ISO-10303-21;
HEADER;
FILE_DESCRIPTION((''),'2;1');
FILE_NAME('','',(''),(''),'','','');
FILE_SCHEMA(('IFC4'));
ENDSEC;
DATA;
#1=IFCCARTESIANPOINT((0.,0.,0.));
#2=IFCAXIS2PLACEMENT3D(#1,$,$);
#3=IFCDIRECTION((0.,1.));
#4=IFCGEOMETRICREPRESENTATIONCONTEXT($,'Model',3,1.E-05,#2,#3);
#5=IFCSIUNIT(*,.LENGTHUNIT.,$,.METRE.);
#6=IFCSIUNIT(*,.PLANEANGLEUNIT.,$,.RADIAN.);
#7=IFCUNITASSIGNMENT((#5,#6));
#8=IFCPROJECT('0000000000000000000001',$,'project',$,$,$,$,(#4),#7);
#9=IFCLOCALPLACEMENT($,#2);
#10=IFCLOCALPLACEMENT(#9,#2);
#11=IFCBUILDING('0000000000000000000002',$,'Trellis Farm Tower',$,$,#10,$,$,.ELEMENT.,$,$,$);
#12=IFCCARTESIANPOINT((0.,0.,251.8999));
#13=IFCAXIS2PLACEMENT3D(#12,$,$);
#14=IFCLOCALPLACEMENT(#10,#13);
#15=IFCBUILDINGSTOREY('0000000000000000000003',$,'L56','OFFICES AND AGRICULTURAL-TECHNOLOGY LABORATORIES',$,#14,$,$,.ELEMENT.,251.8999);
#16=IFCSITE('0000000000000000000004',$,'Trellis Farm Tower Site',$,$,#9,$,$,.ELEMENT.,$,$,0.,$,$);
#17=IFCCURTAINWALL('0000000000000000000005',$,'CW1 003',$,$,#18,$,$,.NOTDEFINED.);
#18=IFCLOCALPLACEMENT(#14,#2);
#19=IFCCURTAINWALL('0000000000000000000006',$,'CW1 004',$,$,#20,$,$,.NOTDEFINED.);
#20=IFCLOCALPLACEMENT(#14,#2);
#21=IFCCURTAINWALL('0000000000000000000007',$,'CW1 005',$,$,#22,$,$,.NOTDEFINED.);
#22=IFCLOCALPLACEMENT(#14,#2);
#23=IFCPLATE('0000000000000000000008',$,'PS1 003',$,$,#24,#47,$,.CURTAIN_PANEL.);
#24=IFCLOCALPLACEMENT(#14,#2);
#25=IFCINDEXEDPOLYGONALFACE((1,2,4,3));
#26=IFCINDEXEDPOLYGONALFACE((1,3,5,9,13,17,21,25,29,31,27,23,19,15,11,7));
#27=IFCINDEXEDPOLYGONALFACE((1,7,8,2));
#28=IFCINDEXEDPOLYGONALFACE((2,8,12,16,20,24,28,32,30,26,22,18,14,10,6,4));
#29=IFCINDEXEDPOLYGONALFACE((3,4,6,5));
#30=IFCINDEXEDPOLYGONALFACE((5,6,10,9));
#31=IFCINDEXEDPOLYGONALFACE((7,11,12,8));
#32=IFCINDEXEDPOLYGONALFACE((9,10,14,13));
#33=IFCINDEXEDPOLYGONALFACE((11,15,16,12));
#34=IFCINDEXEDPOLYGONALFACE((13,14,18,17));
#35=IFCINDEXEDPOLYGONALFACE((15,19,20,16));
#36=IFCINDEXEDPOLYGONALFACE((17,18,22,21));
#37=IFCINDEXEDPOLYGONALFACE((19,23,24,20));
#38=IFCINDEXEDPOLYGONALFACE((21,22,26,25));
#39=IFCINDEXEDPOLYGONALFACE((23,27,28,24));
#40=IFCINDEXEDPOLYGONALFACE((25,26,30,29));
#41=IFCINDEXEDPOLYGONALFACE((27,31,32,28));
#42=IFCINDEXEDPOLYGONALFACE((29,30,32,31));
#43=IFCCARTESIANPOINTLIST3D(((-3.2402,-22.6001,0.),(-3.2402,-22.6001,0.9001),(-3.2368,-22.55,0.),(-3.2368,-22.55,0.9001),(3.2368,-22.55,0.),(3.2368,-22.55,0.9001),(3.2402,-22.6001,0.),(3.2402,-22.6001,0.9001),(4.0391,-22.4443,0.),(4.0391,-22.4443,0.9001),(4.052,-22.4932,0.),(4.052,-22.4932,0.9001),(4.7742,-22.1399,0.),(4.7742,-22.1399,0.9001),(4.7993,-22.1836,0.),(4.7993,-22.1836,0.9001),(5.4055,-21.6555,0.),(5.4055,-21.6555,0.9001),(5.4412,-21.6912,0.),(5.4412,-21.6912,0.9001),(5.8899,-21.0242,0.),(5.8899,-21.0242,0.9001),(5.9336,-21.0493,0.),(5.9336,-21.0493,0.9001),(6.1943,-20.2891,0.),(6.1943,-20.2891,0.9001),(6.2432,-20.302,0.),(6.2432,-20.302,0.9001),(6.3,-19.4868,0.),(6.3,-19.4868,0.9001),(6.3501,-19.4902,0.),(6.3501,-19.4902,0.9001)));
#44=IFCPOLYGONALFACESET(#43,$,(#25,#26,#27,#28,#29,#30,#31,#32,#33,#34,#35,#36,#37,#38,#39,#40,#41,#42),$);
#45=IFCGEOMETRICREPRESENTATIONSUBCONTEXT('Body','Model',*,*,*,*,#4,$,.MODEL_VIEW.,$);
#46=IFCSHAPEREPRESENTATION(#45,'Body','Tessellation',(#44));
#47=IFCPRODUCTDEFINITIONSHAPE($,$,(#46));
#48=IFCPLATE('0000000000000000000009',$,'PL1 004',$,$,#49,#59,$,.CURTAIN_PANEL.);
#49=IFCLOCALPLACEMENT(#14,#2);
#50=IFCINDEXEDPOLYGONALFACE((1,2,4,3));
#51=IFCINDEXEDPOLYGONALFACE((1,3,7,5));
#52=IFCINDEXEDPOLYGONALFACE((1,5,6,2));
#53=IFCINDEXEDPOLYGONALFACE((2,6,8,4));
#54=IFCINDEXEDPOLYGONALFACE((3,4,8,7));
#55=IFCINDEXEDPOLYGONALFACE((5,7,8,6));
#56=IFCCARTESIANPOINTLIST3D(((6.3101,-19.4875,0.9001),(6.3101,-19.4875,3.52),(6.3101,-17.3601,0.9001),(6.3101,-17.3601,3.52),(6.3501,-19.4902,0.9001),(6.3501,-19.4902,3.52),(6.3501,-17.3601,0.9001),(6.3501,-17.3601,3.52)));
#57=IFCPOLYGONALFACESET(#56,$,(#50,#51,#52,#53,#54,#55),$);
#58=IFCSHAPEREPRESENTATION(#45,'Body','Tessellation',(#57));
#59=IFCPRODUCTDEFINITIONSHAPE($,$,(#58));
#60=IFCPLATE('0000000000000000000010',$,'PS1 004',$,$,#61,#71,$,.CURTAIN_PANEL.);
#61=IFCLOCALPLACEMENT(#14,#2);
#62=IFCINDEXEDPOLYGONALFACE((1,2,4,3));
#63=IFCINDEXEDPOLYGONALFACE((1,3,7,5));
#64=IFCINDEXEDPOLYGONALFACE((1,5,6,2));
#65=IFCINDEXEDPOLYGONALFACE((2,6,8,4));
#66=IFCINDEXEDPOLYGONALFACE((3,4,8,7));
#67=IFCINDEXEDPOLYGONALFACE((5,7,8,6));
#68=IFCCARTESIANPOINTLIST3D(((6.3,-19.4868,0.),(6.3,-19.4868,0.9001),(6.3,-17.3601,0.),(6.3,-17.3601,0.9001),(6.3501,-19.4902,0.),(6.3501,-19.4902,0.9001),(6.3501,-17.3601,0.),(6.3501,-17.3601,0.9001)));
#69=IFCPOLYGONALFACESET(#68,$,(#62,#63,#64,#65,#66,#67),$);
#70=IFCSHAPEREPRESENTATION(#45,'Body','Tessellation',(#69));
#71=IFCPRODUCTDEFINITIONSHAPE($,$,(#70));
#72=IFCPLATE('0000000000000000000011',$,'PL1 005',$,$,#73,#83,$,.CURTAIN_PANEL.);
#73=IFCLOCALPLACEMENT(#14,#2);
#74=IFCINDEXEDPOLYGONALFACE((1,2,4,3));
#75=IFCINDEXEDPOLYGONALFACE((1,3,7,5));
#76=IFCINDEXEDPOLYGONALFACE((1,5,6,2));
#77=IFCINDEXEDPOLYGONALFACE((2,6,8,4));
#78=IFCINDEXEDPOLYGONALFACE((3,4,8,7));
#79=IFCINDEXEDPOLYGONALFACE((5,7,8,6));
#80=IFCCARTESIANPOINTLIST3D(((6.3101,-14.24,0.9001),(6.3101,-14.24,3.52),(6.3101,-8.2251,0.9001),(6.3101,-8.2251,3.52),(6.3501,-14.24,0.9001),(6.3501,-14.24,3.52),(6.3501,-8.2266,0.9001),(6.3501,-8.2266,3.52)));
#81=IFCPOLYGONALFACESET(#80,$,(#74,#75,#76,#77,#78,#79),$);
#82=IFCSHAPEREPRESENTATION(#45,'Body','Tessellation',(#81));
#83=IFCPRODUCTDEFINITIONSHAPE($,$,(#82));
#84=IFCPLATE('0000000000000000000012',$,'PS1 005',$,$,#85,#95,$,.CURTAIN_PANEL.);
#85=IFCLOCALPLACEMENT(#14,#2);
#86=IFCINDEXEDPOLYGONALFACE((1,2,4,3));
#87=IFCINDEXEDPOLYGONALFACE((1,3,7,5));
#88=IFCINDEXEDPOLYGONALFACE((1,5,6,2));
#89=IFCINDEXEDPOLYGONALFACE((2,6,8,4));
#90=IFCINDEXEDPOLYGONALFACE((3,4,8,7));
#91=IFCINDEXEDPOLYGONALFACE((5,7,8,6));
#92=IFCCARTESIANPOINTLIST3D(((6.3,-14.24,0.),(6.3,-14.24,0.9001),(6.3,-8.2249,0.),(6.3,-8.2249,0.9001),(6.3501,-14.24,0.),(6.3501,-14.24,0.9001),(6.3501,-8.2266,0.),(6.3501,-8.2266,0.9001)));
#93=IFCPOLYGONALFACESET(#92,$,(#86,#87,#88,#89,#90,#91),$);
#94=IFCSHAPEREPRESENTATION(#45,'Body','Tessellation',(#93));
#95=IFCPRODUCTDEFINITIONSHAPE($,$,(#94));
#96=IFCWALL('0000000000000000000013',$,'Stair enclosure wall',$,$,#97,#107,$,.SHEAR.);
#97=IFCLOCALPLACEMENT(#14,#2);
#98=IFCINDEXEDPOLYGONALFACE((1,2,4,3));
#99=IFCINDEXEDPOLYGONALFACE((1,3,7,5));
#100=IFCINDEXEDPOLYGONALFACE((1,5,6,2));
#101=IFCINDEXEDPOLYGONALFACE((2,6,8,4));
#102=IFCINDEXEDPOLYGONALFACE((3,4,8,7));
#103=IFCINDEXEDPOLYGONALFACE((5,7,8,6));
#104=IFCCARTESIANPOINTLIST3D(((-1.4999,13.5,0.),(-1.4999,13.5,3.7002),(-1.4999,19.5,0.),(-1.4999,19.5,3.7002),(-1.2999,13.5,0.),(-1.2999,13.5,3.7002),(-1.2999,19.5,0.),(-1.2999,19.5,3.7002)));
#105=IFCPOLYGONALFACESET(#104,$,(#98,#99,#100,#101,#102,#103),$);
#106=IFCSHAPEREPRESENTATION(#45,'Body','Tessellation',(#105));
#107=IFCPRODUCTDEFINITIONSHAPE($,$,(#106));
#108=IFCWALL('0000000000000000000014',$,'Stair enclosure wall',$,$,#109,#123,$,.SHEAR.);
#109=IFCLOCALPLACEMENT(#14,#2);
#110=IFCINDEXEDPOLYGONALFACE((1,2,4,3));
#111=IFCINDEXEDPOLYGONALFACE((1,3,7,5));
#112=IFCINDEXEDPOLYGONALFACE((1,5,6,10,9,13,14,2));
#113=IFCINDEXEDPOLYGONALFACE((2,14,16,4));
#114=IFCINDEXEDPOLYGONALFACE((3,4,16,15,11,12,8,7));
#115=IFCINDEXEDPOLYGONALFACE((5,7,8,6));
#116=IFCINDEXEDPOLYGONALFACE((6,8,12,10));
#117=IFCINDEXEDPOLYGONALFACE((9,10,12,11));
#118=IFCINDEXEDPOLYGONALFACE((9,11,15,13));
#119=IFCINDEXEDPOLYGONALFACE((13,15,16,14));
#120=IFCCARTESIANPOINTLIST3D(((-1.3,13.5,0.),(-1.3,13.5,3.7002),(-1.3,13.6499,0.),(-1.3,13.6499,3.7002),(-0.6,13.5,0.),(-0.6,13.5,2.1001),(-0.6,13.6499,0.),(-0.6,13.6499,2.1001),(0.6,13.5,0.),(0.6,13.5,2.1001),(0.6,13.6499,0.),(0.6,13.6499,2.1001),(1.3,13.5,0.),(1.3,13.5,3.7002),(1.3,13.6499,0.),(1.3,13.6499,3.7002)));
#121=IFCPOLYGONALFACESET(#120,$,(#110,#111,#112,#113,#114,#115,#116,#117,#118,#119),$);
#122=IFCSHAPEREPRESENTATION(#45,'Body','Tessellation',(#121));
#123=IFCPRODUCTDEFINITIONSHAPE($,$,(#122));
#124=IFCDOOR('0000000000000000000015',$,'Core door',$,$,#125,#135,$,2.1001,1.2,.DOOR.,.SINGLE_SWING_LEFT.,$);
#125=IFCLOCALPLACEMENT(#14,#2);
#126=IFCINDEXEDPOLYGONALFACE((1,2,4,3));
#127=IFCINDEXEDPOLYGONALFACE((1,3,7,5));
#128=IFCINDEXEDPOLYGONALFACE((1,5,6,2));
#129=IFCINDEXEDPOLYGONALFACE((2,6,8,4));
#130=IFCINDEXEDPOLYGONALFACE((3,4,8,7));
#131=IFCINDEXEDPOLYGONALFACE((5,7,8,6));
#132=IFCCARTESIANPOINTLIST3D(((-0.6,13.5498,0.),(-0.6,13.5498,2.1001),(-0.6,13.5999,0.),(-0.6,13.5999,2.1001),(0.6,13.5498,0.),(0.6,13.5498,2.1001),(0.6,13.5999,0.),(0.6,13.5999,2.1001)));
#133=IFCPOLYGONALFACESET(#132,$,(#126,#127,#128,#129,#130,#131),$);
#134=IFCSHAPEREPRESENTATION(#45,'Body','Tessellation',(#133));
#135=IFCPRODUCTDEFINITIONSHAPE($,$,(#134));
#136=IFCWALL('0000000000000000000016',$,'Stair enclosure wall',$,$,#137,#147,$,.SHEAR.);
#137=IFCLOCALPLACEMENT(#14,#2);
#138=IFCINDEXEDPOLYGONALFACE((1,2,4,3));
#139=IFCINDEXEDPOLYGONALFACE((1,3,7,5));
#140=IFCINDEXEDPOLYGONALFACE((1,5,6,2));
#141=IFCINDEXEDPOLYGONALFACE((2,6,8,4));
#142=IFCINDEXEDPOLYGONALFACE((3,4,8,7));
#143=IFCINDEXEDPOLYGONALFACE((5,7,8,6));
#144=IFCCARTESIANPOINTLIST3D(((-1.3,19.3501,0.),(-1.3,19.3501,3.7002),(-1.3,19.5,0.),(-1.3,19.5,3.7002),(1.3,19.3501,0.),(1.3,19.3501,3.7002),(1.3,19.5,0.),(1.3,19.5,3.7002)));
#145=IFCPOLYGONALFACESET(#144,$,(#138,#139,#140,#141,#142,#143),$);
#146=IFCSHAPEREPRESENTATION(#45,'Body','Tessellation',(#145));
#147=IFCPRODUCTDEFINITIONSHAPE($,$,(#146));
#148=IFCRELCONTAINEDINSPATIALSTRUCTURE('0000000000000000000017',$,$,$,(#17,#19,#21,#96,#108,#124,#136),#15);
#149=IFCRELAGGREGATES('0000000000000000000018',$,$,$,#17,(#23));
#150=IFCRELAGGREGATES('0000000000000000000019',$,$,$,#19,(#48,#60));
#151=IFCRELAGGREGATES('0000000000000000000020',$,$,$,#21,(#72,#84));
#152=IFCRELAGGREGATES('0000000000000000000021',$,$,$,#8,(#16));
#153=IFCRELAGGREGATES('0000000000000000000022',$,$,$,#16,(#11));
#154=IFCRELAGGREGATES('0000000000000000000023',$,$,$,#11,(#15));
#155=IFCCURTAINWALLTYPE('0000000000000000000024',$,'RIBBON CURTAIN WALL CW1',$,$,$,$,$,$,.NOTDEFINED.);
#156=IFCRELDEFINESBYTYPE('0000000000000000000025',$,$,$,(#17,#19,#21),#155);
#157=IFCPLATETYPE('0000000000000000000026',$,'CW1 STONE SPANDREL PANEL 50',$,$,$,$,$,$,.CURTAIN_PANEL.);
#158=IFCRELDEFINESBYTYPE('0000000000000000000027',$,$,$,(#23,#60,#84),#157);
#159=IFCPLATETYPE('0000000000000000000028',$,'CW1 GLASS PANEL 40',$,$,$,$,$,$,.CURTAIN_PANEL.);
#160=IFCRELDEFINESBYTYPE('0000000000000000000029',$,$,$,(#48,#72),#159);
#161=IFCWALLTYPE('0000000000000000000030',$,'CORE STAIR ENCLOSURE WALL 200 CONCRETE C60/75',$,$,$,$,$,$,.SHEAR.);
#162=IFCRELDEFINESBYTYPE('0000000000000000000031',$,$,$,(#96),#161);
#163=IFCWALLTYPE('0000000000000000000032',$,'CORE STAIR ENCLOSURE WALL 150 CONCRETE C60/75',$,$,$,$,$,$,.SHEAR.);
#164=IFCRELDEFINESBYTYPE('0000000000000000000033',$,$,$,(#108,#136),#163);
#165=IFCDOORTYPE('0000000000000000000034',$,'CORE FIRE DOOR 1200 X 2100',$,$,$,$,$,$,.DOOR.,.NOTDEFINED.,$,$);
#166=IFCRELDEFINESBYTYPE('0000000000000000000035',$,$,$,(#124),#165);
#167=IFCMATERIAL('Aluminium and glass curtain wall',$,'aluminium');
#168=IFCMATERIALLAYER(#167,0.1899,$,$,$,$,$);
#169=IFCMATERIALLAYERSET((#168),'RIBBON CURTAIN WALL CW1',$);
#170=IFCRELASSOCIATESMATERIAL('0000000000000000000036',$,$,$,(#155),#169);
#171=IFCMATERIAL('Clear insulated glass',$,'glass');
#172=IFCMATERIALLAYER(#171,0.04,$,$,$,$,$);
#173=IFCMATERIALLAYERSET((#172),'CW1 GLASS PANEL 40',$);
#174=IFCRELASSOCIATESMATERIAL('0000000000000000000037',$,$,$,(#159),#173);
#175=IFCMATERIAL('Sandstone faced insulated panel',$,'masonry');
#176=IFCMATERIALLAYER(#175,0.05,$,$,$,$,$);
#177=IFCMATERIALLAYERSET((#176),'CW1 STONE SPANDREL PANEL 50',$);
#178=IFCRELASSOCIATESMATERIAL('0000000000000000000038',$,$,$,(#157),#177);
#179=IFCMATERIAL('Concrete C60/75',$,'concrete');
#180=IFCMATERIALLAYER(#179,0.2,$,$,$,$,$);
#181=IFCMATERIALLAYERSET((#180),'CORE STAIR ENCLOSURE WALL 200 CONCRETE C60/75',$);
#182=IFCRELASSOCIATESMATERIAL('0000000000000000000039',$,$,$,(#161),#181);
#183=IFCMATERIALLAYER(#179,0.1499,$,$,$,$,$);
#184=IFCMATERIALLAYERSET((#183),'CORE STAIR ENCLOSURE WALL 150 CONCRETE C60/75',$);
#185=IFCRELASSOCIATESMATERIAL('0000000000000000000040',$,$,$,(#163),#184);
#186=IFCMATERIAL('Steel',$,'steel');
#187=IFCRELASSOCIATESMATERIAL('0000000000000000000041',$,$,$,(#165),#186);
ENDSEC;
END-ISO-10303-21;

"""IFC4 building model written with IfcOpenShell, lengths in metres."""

from ifc_helpers import new_model, si_unit, direction, frame, frame_2d, origin, place, context, subcontext, project, spatial, polyline, rectangle, outline, extrude, source, transform, mapped, material, layer, layer_set, type_object, element, fill, aggregate, save


model = new_model("IFC4")

# Units and contexts
model_context = context("Model", 3, precision=1e-05, world=origin(), true_north=direction((0.0, 1.0)))
body_context = subcontext(model_context, "Body", "Model", "MODEL_VIEW")
ifc_project = project(units=[si_unit("LENGTHUNIT", "METRE"), si_unit("PLANEANGLEUNIT", "RADIAN")], contexts=[model_context])

# Site, building, storey
site_placement = place(None, origin())
site = spatial("IfcSite", under=ifc_project, at=site_placement, Name="Trellis Farm Tower Site", CompositionType="ELEMENT", RefElevation=0.0)
building_placement = place(site_placement, origin())
building = spatial("IfcBuilding", under=site, at=building_placement, Name="Trellis Farm Tower", CompositionType="ELEMENT")
storey_placement = place(building_placement, frame((0.0, 0.0, 251.8999)))
storey = spatial("IfcBuildingStorey", under=building, at=storey_placement, Name="L56", Description="OFFICES AND AGRICULTURAL-TECHNOLOGY LABORATORIES", CompositionType="ELEMENT", Elevation=251.8999)

# Shared definitions
ifc_material_1 = material(Name="Concrete C60/75", Category="concrete")

# Curtain walls
ifc_material_2 = material(Name="Aluminium and glass curtain wall", Category="aluminium")
placement_1 = place(storey_placement, origin())
ifc_layer_1 = layer(ifc_material_2, 0.1899)
ifc_layer_set_1 = layer_set([ifc_layer_1], Name="RIBBON CURTAIN WALL CW1")
curtain_wall_type_1 = type_object("IfcCurtainWallType", Name="RIBBON CURTAIN WALL CW1", PredefinedType="NOTDEFINED", material=ifc_layer_set_1)
curtain_wall_1 = element("IfcCurtainWall", 1, at=placement_1, inside=storey, type_object=curtain_wall_type_1, Name="CW1 003", PredefinedType="NOTDEFINED")
curtain_wall_2 = element("IfcCurtainWall", 2, at=placement_1, inside=storey, type_object=curtain_wall_type_1, Name="CW1 004", PredefinedType="NOTDEFINED")
curtain_wall_3 = element("IfcCurtainWall", 3, at=placement_1, inside=storey, type_object=curtain_wall_type_1, Name="CW1 005", PredefinedType="NOTDEFINED")

# Plates
ifc_material_3 = material(Name="Clear insulated glass", Category="glass")
ifc_layer_2 = layer(ifc_material_3, 0.04)
ifc_layer_set_2 = layer_set([ifc_layer_2], Name="CW1 GLASS PANEL 40")
plate_type_1 = type_object("IfcPlateType", Name="CW1 GLASS PANEL 40", PredefinedType="CURTAIN_PANEL", material=ifc_layer_set_2)
placement_2 = place(storey_placement, frame((0.0, 0.0, 0.9001)))
ifc_material_4 = material(Name="Sandstone faced insulated panel", Category="masonry")
ifc_layer_3 = layer(ifc_material_4, 0.05)
ifc_layer_set_3 = layer_set([ifc_layer_3], Name="CW1 STONE SPANDREL PANEL 50")
plate_type_2 = type_object("IfcPlateType", Name="CW1 STONE SPANDREL PANEL 50", PredefinedType="CURTAIN_PANEL", material=ifc_layer_set_3)
shared_shape_1 = source(origin(), body_context, "Body", "SweptSolid", [
    extrude(outline(polyline([(-3.2402, -22.6001), (3.2402, -22.6001), (4.052, -22.4932), (4.7993, -22.1836), (5.4412, -21.6912), (5.9336, -21.0493), (6.2432, -20.302), (6.3501, -19.4902), (6.3, -19.4868), (6.1943, -20.2891), (5.8899, -21.0242), (5.4055, -21.6555), (4.7742, -22.1399), (4.0391, -22.4443), (3.2368, -22.55), (-3.2368, -22.55), (-3.2402, -22.6001)])), origin(), (0.0, 0.0, 1.0), 0.9001),
])
plate_1 = element("IfcPlate", 4, at=placement_1, type_object=plate_type_2, Name="PS1 003", PredefinedType="CURTAIN_PANEL", context=body_context, shape_type="MappedRepresentation", body=[
    mapped(shared_shape_1, transform((0.0, 0.0, 0.0))),
])
aggregate(curtain_wall_1, [plate_1])
shared_shape_2 = source(origin(), body_context, "Body", "SweptSolid", [
    extrude(outline(polyline([(6.3501, -19.4902), (6.3501, -17.3601), (6.3101, -17.3601), (6.3101, -19.4875), (6.3501, -19.4902)])), origin(), (0.0, 0.0, 1.0), 2.6199),
])
plate_2 = element("IfcPlate", 5, at=placement_2, type_object=plate_type_1, Name="PL1 004", PredefinedType="CURTAIN_PANEL", context=body_context, shape_type="MappedRepresentation", body=[
    mapped(shared_shape_2, transform((0.0, 0.0, 0.0))),
])
shared_shape_3 = source(origin(), body_context, "Body", "SweptSolid", [
    extrude(outline(polyline([(6.3501, -19.4902), (6.3501, -17.3601), (6.3, -17.3601), (6.3, -19.4868), (6.3501, -19.4902)])), origin(), (0.0, 0.0, 1.0), 0.9001),
])
plate_3 = element("IfcPlate", 6, at=placement_1, type_object=plate_type_2, Name="PS1 004", PredefinedType="CURTAIN_PANEL", context=body_context, shape_type="MappedRepresentation", body=[
    mapped(shared_shape_3, transform((0.0, 0.0, 0.0))),
])
aggregate(curtain_wall_2, [plate_2, plate_3])
shared_shape_4 = source(origin(), body_context, "Body", "SweptSolid", [
    extrude(outline(polyline([(6.3501, -14.24), (6.3501, -8.2266), (6.3101, -8.2251), (6.3101, -14.24), (6.3501, -14.24)])), origin(), (0.0, 0.0, 1.0), 2.6199),
])
plate_4 = element("IfcPlate", 7, at=placement_2, type_object=plate_type_1, Name="PL1 005", PredefinedType="CURTAIN_PANEL", context=body_context, shape_type="MappedRepresentation", body=[
    mapped(shared_shape_4, transform((0.0, 0.0, 0.0))),
])
shared_shape_5 = source(origin(), body_context, "Body", "SweptSolid", [
    extrude(outline(polyline([(6.3501, -14.24), (6.3501, -8.2266), (6.3, -8.2249), (6.3, -14.24), (6.3501, -14.24)])), origin(), (0.0, 0.0, 1.0), 0.9001),
])
plate_5 = element("IfcPlate", 8, at=placement_1, type_object=plate_type_2, Name="PS1 005", PredefinedType="CURTAIN_PANEL", context=body_context, shape_type="MappedRepresentation", body=[
    mapped(shared_shape_5, transform((0.0, 0.0, 0.0))),
])
aggregate(curtain_wall_3, [plate_4, plate_5])

# Wall
ifc_layer_4 = layer(ifc_material_1, 0.2)
ifc_layer_set_4 = layer_set([ifc_layer_4], Name="CORE STAIR ENCLOSURE WALL 200 CONCRETE C60/75")
wall_type_1 = type_object("IfcWallType", Name="CORE STAIR ENCLOSURE WALL 200 CONCRETE C60/75", PredefinedType="SHEAR", material=ifc_layer_set_4)
shared_shape_6 = source(origin(), body_context, "Body", "SweptSolid", [
    extrude(rectangle(XDim=6.0, YDim=0.2, at=frame_2d((3.0, 0.0))), origin(), (0.0, 0.0, 1.0), 3.7002),
])
wall_1_placement = place(storey_placement, frame((-1.3999, 13.5, 0.0), z_axis=(0.0, 0.0, 1.0), x_axis=(0.0, 1.0, 0.0)))
element("IfcWall", 9, at=wall_1_placement, inside=storey, type_object=wall_type_1, Name="Stair enclosure wall", PredefinedType="SHEAR", context=body_context, shape_type="MappedRepresentation", body=[
    mapped(shared_shape_6, transform((0.0, 0.0, 0.0))),
])

# Wall, opening, door
ifc_layer_5 = layer(ifc_material_1, 0.1499)
ifc_layer_set_5 = layer_set([ifc_layer_5], Name="CORE STAIR ENCLOSURE WALL 150 CONCRETE C60/75")
wall_type_2 = type_object("IfcWallType", Name="CORE STAIR ENCLOSURE WALL 150 CONCRETE C60/75", PredefinedType="SHEAR", material=ifc_layer_set_5)
shared_shape_7 = source(origin(), body_context, "Body", "SweptSolid", [
    extrude(rectangle(XDim=2.6001, YDim=0.1499, at=frame_2d((1.3, 0.0))), origin(), (0.0, 0.0, 1.0), 3.7002),
])
wall_2_placement = place(storey_placement, frame((-1.3, 13.575, 0.0), z_axis=(0.0, 0.0, 1.0), x_axis=(1.0, 0.0, 0.0)))
wall_2 = element("IfcWall", 10, at=wall_2_placement, inside=storey, type_object=wall_type_2, Name="Stair enclosure wall", PredefinedType="SHEAR", context=body_context, shape_type="MappedRepresentation", body=[
    mapped(shared_shape_7, transform((0.0, 0.0, 0.0))),
])
shared_shape_8 = source(origin(), body_context, "Body", "SweptSolid", [
    extrude(rectangle(XDim=1.2, YDim=2.1001, at=frame_2d((0.6001, 1.05))), frame((0.0, 0.085, 0.0), z_axis=(0.0, -1.0, 0.0), x_axis=(1.0, 0.0, 0.0)), (0.0, 0.0, 1.0), 0.1699),
])
opening_1_placement = place(wall_2_placement, frame((0.7, 0.0, 0.0)))
opening_1 = element("IfcOpeningElement", 11, at=opening_1_placement, cuts=wall_2, PredefinedType="OPENING", context=body_context, shape_type="MappedRepresentation", body=[
    mapped(shared_shape_8, transform((0.0, 0.0, 0.0))),
])
ifc_material_5 = material(Name="Steel", Category="steel")
door_type_1 = type_object("IfcDoorType", Name="CORE FIRE DOOR 1200 X 2100", OperationType="NOTDEFINED", PredefinedType="DOOR", material=ifc_material_5)
shared_shape_9 = source(origin(), body_context, "Body", "SweptSolid", [
    extrude(rectangle(XDim=1.2, YDim=2.1001, at=frame_2d((0.6001, 1.05))), frame((0.0, 0.0249, 0.0), z_axis=(0.0, -1.0, 0.0), x_axis=(1.0, 0.0, 0.0)), (0.0, 0.0, 1.0), 0.05),
])
door_1_placement = place(opening_1_placement, origin())
door_1 = element("IfcDoor", 12, at=door_1_placement, inside=storey, type_object=door_type_1, Name="Core door", OperationType="SINGLE_SWING_LEFT", OverallHeight=2.1001, OverallWidth=1.2, PredefinedType="DOOR", context=body_context, shape_type="MappedRepresentation", body=[
    mapped(shared_shape_9, transform((0.0, 0.0, 0.0))),
])
fill(opening_1, door_1)

# Wall
wall_3_placement = place(storey_placement, frame((-1.3, 19.425, 0.0), z_axis=(0.0, 0.0, 1.0), x_axis=(1.0, 0.0, 0.0)))
element("IfcWall", 13, at=wall_3_placement, inside=storey, type_object=wall_type_2, Name="Stair enclosure wall", PredefinedType="SHEAR", context=body_context, shape_type="MappedRepresentation", body=[
    mapped(shared_shape_7, transform((0.0, 0.0, 0.0))),
])

save(model, "model.ifc")
